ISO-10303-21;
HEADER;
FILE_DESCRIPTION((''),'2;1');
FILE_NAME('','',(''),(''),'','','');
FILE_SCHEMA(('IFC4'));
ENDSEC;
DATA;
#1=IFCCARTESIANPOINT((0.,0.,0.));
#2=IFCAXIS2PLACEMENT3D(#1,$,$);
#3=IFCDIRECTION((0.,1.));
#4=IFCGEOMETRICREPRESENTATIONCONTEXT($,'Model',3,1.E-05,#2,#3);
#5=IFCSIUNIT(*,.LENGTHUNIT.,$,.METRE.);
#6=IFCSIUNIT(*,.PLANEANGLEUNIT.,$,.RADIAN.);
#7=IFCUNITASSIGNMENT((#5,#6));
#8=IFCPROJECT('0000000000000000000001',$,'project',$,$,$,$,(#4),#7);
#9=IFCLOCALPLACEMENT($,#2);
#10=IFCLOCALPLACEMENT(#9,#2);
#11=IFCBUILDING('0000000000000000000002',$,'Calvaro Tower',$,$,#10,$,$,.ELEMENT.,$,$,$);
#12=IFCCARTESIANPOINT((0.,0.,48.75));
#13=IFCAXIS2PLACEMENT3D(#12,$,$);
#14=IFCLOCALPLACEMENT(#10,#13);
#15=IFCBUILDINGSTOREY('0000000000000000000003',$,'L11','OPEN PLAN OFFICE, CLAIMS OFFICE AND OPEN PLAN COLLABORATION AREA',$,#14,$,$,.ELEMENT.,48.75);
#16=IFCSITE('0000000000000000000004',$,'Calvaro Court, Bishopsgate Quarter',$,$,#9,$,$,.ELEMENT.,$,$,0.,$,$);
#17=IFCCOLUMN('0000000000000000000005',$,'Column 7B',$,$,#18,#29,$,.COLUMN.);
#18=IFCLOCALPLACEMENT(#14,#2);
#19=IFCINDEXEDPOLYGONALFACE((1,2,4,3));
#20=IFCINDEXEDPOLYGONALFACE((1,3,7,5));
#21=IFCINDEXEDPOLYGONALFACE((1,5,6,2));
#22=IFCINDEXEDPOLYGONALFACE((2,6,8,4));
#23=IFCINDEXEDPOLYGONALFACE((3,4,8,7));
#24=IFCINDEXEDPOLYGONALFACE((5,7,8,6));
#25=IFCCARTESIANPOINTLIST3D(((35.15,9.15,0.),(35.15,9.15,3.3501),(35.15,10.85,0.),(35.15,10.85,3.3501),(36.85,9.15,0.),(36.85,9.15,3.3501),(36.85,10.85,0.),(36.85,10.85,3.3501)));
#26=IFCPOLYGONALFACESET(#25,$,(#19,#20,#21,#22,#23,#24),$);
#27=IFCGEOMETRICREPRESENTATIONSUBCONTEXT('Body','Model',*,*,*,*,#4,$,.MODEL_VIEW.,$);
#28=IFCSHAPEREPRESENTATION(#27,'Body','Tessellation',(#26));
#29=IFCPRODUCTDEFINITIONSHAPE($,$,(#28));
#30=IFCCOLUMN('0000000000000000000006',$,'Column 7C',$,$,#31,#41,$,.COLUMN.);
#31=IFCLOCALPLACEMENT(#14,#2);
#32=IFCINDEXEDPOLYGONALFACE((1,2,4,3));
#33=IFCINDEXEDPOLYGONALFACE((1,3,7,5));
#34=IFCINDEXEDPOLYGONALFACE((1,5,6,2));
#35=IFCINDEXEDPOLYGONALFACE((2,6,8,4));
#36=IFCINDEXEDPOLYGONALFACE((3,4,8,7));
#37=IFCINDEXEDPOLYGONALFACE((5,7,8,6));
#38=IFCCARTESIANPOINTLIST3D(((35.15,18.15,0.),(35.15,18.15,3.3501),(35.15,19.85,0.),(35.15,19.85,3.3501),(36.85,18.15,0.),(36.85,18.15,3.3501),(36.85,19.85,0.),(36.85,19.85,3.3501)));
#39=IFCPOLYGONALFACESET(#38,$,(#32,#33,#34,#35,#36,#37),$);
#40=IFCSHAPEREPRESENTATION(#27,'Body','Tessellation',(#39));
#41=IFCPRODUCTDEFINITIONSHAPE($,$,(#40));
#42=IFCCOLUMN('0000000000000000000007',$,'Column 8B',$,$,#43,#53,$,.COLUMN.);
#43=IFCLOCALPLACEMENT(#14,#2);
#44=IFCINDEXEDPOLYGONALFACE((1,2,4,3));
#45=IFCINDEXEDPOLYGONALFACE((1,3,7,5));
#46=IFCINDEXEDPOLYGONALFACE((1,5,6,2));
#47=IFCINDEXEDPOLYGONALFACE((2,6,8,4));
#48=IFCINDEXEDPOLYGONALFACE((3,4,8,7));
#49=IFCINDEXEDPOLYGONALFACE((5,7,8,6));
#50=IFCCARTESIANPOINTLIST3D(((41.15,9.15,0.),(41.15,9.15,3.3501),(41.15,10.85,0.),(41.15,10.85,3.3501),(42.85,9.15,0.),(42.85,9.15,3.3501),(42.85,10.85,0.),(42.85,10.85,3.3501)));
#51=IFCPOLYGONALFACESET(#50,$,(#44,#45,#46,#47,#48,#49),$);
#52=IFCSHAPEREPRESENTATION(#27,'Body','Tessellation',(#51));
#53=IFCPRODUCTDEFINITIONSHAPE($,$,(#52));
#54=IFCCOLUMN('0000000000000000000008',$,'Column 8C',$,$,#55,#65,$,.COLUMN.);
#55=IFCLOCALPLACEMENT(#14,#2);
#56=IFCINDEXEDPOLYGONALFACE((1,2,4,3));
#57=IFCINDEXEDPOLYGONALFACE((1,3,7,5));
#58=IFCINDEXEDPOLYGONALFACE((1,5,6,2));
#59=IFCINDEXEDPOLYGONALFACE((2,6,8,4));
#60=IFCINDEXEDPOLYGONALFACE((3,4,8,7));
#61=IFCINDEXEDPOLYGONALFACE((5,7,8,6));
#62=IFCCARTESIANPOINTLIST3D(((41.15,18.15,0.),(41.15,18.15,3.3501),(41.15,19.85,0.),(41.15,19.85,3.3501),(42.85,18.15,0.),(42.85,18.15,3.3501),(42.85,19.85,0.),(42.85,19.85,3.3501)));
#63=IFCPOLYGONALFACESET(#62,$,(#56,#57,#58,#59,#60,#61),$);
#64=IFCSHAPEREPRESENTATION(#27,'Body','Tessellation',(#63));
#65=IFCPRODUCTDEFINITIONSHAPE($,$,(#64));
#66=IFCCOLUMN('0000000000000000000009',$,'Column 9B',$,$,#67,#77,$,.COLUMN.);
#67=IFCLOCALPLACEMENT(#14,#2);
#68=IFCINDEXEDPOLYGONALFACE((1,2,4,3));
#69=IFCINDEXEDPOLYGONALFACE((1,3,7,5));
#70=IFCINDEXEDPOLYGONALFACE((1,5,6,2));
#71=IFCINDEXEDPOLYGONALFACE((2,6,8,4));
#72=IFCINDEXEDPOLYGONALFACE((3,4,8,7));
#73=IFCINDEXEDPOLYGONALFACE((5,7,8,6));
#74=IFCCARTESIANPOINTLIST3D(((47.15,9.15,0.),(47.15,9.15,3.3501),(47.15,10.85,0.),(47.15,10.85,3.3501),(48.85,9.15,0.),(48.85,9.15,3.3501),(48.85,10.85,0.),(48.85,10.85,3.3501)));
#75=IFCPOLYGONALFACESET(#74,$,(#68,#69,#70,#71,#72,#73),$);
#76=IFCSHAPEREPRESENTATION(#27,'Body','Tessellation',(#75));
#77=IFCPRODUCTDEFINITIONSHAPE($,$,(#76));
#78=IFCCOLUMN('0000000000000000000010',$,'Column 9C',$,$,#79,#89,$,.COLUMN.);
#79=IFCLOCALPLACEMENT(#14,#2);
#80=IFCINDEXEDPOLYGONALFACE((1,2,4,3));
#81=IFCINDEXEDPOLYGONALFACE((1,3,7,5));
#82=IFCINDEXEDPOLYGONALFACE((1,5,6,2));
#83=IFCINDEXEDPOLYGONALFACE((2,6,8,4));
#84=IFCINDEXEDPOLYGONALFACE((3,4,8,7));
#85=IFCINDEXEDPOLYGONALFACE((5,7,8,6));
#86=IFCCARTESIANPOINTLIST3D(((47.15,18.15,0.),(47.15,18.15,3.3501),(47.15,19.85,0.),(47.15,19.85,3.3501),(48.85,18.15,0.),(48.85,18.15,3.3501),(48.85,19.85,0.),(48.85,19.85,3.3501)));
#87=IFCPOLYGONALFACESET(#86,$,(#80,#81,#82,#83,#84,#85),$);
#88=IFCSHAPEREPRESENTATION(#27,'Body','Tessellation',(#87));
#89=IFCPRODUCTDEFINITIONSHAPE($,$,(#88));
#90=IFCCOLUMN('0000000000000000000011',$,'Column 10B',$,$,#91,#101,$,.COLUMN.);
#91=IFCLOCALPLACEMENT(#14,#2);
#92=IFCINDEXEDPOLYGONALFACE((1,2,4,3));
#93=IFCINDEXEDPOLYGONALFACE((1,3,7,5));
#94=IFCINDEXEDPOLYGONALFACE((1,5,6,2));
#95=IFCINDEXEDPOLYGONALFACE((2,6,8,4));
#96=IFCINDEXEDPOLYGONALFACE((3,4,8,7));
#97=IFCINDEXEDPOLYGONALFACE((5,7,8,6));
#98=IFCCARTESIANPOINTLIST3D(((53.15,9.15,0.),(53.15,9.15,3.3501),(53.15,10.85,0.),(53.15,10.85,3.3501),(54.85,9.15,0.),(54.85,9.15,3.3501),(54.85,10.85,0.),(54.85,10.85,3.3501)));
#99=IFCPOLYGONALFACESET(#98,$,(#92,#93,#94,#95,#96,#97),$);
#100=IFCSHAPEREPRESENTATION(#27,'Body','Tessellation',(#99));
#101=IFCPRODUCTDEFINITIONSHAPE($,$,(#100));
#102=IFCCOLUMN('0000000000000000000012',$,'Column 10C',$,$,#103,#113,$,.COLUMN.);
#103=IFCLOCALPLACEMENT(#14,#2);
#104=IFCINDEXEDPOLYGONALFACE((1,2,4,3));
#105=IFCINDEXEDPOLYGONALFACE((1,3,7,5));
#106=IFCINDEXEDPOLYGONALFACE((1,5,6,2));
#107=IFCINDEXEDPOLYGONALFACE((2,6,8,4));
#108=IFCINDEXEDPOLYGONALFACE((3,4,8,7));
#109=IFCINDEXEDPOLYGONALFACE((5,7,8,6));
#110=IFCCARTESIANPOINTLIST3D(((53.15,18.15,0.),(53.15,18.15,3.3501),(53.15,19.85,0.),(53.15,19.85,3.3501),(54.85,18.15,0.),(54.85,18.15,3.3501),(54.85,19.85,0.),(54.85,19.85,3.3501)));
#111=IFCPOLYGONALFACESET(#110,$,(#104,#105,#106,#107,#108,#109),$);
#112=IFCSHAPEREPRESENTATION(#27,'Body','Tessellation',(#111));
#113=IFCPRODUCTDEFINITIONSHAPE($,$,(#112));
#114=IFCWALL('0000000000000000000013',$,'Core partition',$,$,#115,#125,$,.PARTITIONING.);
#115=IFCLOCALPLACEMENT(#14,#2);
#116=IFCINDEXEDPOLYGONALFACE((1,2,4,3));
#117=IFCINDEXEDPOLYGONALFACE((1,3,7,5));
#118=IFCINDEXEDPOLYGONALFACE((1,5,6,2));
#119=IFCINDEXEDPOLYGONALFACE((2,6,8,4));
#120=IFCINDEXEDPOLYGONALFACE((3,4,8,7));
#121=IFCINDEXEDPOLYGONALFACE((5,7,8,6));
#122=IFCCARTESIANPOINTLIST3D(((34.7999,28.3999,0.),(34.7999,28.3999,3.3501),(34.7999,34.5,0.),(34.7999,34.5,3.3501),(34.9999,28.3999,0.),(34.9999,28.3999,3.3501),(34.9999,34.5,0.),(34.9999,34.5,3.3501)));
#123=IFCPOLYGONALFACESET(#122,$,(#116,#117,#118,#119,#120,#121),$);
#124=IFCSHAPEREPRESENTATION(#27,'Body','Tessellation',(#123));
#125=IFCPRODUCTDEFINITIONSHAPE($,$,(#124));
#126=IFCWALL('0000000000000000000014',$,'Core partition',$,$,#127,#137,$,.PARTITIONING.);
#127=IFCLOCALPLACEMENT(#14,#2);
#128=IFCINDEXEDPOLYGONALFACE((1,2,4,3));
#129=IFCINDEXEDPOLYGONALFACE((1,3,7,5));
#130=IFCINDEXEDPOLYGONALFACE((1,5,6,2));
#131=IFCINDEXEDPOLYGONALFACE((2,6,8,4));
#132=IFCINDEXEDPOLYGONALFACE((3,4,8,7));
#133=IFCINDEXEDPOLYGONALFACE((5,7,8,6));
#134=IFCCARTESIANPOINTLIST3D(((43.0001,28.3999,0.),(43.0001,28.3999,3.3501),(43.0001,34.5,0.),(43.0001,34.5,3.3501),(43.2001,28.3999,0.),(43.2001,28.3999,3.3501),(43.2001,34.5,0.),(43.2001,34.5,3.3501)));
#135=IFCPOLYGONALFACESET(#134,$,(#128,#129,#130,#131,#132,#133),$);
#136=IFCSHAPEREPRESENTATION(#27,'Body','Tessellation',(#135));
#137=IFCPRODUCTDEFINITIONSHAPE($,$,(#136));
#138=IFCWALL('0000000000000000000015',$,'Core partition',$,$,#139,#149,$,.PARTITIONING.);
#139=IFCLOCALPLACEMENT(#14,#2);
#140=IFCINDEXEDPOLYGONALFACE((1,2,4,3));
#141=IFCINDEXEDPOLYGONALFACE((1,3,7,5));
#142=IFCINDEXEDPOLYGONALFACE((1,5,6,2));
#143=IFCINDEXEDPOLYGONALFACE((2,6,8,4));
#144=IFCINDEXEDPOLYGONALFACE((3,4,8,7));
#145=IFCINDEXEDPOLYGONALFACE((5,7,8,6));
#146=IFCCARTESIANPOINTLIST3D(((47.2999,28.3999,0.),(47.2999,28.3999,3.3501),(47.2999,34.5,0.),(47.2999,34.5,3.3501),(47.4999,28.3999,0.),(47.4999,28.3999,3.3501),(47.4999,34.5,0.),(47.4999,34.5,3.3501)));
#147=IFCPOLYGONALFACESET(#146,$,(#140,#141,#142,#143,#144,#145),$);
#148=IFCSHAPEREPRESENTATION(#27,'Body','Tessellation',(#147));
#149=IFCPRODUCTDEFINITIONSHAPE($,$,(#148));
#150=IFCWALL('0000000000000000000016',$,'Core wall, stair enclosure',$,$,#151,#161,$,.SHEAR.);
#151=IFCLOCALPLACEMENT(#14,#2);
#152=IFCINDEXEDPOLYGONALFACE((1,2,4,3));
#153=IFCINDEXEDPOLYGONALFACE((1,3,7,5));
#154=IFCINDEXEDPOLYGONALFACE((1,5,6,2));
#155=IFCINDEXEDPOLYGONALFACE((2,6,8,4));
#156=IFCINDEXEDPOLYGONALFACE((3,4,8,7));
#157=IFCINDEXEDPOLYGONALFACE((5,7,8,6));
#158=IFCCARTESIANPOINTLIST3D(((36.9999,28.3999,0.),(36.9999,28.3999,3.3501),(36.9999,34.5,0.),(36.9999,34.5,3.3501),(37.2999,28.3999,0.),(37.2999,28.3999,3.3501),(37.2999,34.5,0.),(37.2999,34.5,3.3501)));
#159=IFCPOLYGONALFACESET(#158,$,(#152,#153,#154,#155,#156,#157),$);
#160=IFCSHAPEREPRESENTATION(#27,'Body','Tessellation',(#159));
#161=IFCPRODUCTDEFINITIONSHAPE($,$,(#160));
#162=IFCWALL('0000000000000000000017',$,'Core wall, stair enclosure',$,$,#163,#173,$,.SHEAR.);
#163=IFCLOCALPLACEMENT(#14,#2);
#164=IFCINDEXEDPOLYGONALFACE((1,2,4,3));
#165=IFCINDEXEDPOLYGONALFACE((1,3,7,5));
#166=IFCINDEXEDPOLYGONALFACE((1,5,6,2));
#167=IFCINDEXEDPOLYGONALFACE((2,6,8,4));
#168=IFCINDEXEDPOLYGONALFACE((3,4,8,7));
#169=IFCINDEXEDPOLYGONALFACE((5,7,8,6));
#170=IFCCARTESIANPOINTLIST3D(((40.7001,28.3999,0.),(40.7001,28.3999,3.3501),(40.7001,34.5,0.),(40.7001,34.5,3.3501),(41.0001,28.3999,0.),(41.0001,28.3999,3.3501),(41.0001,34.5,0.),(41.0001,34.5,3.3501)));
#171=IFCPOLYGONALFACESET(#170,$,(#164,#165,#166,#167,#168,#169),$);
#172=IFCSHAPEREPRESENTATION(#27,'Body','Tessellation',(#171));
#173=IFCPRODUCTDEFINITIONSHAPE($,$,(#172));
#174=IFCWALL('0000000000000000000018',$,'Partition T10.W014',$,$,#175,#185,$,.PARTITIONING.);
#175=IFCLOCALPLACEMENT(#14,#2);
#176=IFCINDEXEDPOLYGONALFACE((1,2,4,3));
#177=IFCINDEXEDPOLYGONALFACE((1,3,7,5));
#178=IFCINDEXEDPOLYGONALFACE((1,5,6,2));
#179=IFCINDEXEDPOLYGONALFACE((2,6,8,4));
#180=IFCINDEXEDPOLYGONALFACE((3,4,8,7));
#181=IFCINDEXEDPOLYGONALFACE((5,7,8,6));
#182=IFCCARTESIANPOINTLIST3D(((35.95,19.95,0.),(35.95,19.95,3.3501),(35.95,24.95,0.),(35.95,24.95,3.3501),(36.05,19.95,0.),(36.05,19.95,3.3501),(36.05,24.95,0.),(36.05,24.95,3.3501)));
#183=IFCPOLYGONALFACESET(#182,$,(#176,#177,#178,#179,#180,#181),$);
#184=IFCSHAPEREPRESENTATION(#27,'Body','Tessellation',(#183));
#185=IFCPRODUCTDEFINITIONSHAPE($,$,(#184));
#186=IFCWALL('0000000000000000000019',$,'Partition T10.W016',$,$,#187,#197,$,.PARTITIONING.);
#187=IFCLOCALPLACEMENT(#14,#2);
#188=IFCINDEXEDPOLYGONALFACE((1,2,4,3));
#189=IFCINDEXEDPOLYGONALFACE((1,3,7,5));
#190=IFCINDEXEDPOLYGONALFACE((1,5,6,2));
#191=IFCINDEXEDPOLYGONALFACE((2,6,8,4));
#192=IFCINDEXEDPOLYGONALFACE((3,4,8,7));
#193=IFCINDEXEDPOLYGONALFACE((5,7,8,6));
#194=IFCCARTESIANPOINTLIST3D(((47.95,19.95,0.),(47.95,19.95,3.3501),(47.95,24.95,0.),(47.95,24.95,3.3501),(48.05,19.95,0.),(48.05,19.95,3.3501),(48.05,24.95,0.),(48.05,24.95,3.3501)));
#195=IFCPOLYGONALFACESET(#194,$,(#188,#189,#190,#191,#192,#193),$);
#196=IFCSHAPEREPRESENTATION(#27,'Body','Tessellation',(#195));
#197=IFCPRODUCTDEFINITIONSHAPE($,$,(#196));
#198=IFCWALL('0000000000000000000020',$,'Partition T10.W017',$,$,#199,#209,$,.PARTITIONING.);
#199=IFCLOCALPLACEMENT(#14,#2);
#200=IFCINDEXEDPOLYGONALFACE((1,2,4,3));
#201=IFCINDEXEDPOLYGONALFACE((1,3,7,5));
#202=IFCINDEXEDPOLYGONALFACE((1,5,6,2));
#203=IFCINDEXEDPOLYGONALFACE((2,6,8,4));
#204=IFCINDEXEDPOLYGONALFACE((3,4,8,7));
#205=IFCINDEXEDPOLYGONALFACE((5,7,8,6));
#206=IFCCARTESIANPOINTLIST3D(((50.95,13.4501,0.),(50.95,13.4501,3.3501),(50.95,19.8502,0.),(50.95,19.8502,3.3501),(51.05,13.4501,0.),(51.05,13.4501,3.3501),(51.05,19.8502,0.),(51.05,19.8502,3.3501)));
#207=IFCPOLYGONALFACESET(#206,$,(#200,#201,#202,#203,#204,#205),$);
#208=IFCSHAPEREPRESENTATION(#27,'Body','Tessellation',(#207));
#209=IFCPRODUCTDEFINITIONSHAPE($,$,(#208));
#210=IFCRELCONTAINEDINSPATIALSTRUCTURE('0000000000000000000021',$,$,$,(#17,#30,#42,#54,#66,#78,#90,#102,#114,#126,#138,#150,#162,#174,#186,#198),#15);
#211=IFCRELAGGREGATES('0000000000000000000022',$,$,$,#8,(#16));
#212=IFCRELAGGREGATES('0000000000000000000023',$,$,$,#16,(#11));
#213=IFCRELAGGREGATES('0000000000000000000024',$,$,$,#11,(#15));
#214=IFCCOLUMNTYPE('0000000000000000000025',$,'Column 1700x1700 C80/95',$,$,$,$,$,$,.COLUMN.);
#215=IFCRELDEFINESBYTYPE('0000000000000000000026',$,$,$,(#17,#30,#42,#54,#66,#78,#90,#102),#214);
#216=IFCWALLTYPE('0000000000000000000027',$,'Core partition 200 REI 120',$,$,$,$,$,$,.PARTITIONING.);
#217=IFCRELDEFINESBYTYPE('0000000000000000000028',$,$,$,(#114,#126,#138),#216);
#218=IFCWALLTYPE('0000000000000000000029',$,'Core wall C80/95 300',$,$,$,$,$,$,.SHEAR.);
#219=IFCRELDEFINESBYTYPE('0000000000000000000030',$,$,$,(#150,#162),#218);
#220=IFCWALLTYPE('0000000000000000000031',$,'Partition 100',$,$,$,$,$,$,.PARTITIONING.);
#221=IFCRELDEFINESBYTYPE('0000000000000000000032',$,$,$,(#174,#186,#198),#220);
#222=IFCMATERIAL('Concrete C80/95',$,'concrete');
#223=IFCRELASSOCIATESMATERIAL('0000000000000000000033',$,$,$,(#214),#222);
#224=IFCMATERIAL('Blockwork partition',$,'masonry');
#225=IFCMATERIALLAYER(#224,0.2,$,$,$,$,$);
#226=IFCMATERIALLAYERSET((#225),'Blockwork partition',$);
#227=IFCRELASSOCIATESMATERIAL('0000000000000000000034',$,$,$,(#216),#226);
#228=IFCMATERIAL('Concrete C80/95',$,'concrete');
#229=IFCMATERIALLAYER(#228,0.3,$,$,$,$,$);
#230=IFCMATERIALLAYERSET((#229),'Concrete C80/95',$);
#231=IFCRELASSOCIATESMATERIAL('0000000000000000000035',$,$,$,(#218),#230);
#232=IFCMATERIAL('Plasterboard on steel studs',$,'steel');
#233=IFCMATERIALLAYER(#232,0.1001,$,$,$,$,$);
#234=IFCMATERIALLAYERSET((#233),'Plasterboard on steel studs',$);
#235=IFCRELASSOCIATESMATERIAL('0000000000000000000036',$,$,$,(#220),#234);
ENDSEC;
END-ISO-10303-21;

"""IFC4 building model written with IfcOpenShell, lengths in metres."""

from ifc_helpers import new_model, si_unit, direction, frame, frame_2d, origin, origin_2d, place, context, subcontext, project, spatial, rectangle, extrude, material, layer, layer_set, material_profile, profile_set, type_object, element, save


model = new_model("IFC4")

# Units and contexts
model_context = context("Model", 3, precision=1e-05, world=origin(), true_north=direction((0.0, 1.0)))
body_context = subcontext(model_context, "Body", "Model", "MODEL_VIEW")
ifc_project = project(units=[si_unit("LENGTHUNIT", "METRE"), si_unit("PLANEANGLEUNIT", "RADIAN")], contexts=[model_context])

# Site, building, storey
site_placement = place(None, origin())
site = spatial("IfcSite", under=ifc_project, at=site_placement, Name="Calvaro Court, Bishopsgate Quarter", CompositionType="ELEMENT", RefElevation=0.0)
building_placement = place(site_placement, origin())
building = spatial("IfcBuilding", under=site, at=building_placement, Name="Calvaro Tower", CompositionType="ELEMENT")
storey_placement = place(building_placement, frame((0.0, 0.0, 48.75)))
storey = spatial("IfcBuildingStorey", under=building, at=storey_placement, Name="L11", Description="OPEN PLAN OFFICE, CLAIMS OFFICE AND OPEN PLAN COLLABORATION AREA", CompositionType="ELEMENT", Elevation=48.75)

# Columns
ifc_material_1 = material(Name="Concrete C80/95", Category="concrete")
ifc_material_profile = material_profile(ifc_material_1, rectangle(XDim=1.7, YDim=1.7, at=origin_2d()), Name="RC 1700x1700")
ifc_profile_set = profile_set([ifc_material_profile], Name="Concrete C80/95")
column_type = type_object("IfcColumnType", Name="Column 1700x1700 C80/95", PredefinedType="COLUMN", material=ifc_profile_set)
for number, where, z_axis, x_axis, name in (
    (1, (36.0, 10.0, 0.0), (0.0, 0.0, 1.0), (1.0, 0.0, 0.0), "Column 7B"),
    (2, (36.0, 19.0, 0.0), (0.0, 0.0, 1.0), (1.0, 0.0, 0.0), "Column 7C"),
    (3, (42.0, 10.0, 0.0), (0.0, 0.0, 1.0), (1.0, 0.0, 0.0), "Column 8B"),
    (4, (42.0, 19.0, 0.0), (0.0, 0.0, 1.0), (1.0, 0.0, 0.0), "Column 8C"),
    (5, (48.0, 10.0, 0.0), (0.0, 0.0, 1.0), (1.0, 0.0, 0.0), "Column 9B"),
    (6, (48.0, 19.0, 0.0), (0.0, 0.0, 1.0), (1.0, 0.0, 0.0), "Column 9C"),
    (7, (54.0, 10.0, 0.0), (0.0, 0.0, 1.0), (1.0, 0.0, 0.0), "Column 10B"),
    (8, (54.0, 19.0, 0.0), (0.0, 0.0, 1.0), (1.0, 0.0, 0.0), "Column 10C"),
):
    element("IfcColumn", number, at=place(storey_placement, frame(where, z_axis=z_axis, x_axis=x_axis)), inside=storey, type_object=column_type, Name=name, PredefinedType="COLUMN", context=body_context, shape_type="SweptSolid", body=[
        extrude(rectangle(XDim=1.7, YDim=1.7, at=origin_2d()), origin(), (0.0, 0.0, 1.0), 3.3501),
    ])

# Walls
ifc_material_2 = material(Name="Blockwork partition", Category="masonry")
ifc_layer_1 = layer(ifc_material_2, 0.2)
ifc_layer_set_1 = layer_set([ifc_layer_1], Name="Blockwork partition")
wall_type_1 = type_object("IfcWallType", Name="Core partition 200 REI 120", PredefinedType="PARTITIONING", material=ifc_layer_set_1)
for number, where, z_axis, x_axis, name in (
    (9, (34.8999, 28.3999, 0.0), (0.0, 0.0, 1.0), (0.0, 1.0, 0.0), "Core partition"),
    (10, (43.1001, 28.3999, 0.0), (0.0, 0.0, 1.0), (0.0, 1.0, 0.0), "Core partition"),
    (11, (47.3999, 28.3999, 0.0), (0.0, 0.0, 1.0), (0.0, 1.0, 0.0), "Core partition"),
):
    element("IfcWall", number, at=place(storey_placement, frame(where, z_axis=z_axis, x_axis=x_axis)), inside=storey, type_object=wall_type_1, Name=name, PredefinedType="PARTITIONING", context=body_context, shape_type="SweptSolid", body=[
        extrude(rectangle(XDim=6.1001, YDim=0.2, at=frame_2d((3.05, 0.0))), origin(), (0.0, 0.0, 1.0), 3.3501),
    ])
ifc_material_3 = material(Name="Concrete C80/95", Category="concrete")
ifc_layer_2 = layer(ifc_material_3, 0.3)
ifc_layer_set_2 = layer_set([ifc_layer_2], Name="Concrete C80/95")
wall_type_2 = type_object("IfcWallType", Name="Core wall C80/95 300", PredefinedType="SHEAR", material=ifc_layer_set_2)
for number, where, z_axis, x_axis, name in (
    (12, (37.1499, 28.3999, 0.0), (0.0, 0.0, 1.0), (0.0, 1.0, 0.0), "Core wall, stair enclosure"),
    (13, (40.8501, 28.3999, 0.0), (0.0, 0.0, 1.0), (0.0, 1.0, 0.0), "Core wall, stair enclosure"),
):
    element("IfcWall", number, at=place(storey_placement, frame(where, z_axis=z_axis, x_axis=x_axis)), inside=storey, type_object=wall_type_2, Name=name, PredefinedType="SHEAR", context=body_context, shape_type="SweptSolid", body=[
        extrude(rectangle(XDim=6.1001, YDim=0.3, at=frame_2d((3.05, 0.0))), origin(), (0.0, 0.0, 1.0), 3.3501),
    ])
ifc_material_4 = material(Name="Plasterboard on steel studs", Category="steel")
ifc_layer_3 = layer(ifc_material_4, 0.1001)
ifc_layer_set_3 = layer_set([ifc_layer_3], Name="Plasterboard on steel studs")
wall_type_3 = type_object("IfcWallType", Name="Partition 100", PredefinedType="PARTITIONING", material=ifc_layer_set_3)
for number, where, z_axis, x_axis, name in (
    (14, (36.0, 19.95, 0.0), (0.0, 0.0, 1.0), (0.0, 1.0, 0.0), "Partition T10.W014"),
    (15, (48.0, 19.95, 0.0), (0.0, 0.0, 1.0), (0.0, 1.0, 0.0), "Partition T10.W016"),
):
    element("IfcWall", number, at=place(storey_placement, frame(where, z_axis=z_axis, x_axis=x_axis)), inside=storey, type_object=wall_type_3, Name=name, PredefinedType="PARTITIONING", context=body_context, shape_type="SweptSolid", body=[
        extrude(rectangle(XDim=5.0, YDim=0.1001, at=frame_2d((2.5, 0.0))), origin(), (0.0, 0.0, 1.0), 3.3501),
    ])
wall_placement = place(storey_placement, frame((51.0, 13.45, 0.0), z_axis=(0.0, 0.0, 1.0), x_axis=(0.0, 1.0, 0.0)))
element("IfcWall", 16, at=wall_placement, inside=storey, type_object=wall_type_3, Name="Partition T10.W017", PredefinedType="PARTITIONING", context=body_context, shape_type="SweptSolid", body=[
    extrude(rectangle(XDim=6.4001, YDim=0.1001, at=frame_2d((3.2002, 0.0))), origin(), (0.0, 0.0, 1.0), 3.3501),
])

save(model, "model.ifc")
